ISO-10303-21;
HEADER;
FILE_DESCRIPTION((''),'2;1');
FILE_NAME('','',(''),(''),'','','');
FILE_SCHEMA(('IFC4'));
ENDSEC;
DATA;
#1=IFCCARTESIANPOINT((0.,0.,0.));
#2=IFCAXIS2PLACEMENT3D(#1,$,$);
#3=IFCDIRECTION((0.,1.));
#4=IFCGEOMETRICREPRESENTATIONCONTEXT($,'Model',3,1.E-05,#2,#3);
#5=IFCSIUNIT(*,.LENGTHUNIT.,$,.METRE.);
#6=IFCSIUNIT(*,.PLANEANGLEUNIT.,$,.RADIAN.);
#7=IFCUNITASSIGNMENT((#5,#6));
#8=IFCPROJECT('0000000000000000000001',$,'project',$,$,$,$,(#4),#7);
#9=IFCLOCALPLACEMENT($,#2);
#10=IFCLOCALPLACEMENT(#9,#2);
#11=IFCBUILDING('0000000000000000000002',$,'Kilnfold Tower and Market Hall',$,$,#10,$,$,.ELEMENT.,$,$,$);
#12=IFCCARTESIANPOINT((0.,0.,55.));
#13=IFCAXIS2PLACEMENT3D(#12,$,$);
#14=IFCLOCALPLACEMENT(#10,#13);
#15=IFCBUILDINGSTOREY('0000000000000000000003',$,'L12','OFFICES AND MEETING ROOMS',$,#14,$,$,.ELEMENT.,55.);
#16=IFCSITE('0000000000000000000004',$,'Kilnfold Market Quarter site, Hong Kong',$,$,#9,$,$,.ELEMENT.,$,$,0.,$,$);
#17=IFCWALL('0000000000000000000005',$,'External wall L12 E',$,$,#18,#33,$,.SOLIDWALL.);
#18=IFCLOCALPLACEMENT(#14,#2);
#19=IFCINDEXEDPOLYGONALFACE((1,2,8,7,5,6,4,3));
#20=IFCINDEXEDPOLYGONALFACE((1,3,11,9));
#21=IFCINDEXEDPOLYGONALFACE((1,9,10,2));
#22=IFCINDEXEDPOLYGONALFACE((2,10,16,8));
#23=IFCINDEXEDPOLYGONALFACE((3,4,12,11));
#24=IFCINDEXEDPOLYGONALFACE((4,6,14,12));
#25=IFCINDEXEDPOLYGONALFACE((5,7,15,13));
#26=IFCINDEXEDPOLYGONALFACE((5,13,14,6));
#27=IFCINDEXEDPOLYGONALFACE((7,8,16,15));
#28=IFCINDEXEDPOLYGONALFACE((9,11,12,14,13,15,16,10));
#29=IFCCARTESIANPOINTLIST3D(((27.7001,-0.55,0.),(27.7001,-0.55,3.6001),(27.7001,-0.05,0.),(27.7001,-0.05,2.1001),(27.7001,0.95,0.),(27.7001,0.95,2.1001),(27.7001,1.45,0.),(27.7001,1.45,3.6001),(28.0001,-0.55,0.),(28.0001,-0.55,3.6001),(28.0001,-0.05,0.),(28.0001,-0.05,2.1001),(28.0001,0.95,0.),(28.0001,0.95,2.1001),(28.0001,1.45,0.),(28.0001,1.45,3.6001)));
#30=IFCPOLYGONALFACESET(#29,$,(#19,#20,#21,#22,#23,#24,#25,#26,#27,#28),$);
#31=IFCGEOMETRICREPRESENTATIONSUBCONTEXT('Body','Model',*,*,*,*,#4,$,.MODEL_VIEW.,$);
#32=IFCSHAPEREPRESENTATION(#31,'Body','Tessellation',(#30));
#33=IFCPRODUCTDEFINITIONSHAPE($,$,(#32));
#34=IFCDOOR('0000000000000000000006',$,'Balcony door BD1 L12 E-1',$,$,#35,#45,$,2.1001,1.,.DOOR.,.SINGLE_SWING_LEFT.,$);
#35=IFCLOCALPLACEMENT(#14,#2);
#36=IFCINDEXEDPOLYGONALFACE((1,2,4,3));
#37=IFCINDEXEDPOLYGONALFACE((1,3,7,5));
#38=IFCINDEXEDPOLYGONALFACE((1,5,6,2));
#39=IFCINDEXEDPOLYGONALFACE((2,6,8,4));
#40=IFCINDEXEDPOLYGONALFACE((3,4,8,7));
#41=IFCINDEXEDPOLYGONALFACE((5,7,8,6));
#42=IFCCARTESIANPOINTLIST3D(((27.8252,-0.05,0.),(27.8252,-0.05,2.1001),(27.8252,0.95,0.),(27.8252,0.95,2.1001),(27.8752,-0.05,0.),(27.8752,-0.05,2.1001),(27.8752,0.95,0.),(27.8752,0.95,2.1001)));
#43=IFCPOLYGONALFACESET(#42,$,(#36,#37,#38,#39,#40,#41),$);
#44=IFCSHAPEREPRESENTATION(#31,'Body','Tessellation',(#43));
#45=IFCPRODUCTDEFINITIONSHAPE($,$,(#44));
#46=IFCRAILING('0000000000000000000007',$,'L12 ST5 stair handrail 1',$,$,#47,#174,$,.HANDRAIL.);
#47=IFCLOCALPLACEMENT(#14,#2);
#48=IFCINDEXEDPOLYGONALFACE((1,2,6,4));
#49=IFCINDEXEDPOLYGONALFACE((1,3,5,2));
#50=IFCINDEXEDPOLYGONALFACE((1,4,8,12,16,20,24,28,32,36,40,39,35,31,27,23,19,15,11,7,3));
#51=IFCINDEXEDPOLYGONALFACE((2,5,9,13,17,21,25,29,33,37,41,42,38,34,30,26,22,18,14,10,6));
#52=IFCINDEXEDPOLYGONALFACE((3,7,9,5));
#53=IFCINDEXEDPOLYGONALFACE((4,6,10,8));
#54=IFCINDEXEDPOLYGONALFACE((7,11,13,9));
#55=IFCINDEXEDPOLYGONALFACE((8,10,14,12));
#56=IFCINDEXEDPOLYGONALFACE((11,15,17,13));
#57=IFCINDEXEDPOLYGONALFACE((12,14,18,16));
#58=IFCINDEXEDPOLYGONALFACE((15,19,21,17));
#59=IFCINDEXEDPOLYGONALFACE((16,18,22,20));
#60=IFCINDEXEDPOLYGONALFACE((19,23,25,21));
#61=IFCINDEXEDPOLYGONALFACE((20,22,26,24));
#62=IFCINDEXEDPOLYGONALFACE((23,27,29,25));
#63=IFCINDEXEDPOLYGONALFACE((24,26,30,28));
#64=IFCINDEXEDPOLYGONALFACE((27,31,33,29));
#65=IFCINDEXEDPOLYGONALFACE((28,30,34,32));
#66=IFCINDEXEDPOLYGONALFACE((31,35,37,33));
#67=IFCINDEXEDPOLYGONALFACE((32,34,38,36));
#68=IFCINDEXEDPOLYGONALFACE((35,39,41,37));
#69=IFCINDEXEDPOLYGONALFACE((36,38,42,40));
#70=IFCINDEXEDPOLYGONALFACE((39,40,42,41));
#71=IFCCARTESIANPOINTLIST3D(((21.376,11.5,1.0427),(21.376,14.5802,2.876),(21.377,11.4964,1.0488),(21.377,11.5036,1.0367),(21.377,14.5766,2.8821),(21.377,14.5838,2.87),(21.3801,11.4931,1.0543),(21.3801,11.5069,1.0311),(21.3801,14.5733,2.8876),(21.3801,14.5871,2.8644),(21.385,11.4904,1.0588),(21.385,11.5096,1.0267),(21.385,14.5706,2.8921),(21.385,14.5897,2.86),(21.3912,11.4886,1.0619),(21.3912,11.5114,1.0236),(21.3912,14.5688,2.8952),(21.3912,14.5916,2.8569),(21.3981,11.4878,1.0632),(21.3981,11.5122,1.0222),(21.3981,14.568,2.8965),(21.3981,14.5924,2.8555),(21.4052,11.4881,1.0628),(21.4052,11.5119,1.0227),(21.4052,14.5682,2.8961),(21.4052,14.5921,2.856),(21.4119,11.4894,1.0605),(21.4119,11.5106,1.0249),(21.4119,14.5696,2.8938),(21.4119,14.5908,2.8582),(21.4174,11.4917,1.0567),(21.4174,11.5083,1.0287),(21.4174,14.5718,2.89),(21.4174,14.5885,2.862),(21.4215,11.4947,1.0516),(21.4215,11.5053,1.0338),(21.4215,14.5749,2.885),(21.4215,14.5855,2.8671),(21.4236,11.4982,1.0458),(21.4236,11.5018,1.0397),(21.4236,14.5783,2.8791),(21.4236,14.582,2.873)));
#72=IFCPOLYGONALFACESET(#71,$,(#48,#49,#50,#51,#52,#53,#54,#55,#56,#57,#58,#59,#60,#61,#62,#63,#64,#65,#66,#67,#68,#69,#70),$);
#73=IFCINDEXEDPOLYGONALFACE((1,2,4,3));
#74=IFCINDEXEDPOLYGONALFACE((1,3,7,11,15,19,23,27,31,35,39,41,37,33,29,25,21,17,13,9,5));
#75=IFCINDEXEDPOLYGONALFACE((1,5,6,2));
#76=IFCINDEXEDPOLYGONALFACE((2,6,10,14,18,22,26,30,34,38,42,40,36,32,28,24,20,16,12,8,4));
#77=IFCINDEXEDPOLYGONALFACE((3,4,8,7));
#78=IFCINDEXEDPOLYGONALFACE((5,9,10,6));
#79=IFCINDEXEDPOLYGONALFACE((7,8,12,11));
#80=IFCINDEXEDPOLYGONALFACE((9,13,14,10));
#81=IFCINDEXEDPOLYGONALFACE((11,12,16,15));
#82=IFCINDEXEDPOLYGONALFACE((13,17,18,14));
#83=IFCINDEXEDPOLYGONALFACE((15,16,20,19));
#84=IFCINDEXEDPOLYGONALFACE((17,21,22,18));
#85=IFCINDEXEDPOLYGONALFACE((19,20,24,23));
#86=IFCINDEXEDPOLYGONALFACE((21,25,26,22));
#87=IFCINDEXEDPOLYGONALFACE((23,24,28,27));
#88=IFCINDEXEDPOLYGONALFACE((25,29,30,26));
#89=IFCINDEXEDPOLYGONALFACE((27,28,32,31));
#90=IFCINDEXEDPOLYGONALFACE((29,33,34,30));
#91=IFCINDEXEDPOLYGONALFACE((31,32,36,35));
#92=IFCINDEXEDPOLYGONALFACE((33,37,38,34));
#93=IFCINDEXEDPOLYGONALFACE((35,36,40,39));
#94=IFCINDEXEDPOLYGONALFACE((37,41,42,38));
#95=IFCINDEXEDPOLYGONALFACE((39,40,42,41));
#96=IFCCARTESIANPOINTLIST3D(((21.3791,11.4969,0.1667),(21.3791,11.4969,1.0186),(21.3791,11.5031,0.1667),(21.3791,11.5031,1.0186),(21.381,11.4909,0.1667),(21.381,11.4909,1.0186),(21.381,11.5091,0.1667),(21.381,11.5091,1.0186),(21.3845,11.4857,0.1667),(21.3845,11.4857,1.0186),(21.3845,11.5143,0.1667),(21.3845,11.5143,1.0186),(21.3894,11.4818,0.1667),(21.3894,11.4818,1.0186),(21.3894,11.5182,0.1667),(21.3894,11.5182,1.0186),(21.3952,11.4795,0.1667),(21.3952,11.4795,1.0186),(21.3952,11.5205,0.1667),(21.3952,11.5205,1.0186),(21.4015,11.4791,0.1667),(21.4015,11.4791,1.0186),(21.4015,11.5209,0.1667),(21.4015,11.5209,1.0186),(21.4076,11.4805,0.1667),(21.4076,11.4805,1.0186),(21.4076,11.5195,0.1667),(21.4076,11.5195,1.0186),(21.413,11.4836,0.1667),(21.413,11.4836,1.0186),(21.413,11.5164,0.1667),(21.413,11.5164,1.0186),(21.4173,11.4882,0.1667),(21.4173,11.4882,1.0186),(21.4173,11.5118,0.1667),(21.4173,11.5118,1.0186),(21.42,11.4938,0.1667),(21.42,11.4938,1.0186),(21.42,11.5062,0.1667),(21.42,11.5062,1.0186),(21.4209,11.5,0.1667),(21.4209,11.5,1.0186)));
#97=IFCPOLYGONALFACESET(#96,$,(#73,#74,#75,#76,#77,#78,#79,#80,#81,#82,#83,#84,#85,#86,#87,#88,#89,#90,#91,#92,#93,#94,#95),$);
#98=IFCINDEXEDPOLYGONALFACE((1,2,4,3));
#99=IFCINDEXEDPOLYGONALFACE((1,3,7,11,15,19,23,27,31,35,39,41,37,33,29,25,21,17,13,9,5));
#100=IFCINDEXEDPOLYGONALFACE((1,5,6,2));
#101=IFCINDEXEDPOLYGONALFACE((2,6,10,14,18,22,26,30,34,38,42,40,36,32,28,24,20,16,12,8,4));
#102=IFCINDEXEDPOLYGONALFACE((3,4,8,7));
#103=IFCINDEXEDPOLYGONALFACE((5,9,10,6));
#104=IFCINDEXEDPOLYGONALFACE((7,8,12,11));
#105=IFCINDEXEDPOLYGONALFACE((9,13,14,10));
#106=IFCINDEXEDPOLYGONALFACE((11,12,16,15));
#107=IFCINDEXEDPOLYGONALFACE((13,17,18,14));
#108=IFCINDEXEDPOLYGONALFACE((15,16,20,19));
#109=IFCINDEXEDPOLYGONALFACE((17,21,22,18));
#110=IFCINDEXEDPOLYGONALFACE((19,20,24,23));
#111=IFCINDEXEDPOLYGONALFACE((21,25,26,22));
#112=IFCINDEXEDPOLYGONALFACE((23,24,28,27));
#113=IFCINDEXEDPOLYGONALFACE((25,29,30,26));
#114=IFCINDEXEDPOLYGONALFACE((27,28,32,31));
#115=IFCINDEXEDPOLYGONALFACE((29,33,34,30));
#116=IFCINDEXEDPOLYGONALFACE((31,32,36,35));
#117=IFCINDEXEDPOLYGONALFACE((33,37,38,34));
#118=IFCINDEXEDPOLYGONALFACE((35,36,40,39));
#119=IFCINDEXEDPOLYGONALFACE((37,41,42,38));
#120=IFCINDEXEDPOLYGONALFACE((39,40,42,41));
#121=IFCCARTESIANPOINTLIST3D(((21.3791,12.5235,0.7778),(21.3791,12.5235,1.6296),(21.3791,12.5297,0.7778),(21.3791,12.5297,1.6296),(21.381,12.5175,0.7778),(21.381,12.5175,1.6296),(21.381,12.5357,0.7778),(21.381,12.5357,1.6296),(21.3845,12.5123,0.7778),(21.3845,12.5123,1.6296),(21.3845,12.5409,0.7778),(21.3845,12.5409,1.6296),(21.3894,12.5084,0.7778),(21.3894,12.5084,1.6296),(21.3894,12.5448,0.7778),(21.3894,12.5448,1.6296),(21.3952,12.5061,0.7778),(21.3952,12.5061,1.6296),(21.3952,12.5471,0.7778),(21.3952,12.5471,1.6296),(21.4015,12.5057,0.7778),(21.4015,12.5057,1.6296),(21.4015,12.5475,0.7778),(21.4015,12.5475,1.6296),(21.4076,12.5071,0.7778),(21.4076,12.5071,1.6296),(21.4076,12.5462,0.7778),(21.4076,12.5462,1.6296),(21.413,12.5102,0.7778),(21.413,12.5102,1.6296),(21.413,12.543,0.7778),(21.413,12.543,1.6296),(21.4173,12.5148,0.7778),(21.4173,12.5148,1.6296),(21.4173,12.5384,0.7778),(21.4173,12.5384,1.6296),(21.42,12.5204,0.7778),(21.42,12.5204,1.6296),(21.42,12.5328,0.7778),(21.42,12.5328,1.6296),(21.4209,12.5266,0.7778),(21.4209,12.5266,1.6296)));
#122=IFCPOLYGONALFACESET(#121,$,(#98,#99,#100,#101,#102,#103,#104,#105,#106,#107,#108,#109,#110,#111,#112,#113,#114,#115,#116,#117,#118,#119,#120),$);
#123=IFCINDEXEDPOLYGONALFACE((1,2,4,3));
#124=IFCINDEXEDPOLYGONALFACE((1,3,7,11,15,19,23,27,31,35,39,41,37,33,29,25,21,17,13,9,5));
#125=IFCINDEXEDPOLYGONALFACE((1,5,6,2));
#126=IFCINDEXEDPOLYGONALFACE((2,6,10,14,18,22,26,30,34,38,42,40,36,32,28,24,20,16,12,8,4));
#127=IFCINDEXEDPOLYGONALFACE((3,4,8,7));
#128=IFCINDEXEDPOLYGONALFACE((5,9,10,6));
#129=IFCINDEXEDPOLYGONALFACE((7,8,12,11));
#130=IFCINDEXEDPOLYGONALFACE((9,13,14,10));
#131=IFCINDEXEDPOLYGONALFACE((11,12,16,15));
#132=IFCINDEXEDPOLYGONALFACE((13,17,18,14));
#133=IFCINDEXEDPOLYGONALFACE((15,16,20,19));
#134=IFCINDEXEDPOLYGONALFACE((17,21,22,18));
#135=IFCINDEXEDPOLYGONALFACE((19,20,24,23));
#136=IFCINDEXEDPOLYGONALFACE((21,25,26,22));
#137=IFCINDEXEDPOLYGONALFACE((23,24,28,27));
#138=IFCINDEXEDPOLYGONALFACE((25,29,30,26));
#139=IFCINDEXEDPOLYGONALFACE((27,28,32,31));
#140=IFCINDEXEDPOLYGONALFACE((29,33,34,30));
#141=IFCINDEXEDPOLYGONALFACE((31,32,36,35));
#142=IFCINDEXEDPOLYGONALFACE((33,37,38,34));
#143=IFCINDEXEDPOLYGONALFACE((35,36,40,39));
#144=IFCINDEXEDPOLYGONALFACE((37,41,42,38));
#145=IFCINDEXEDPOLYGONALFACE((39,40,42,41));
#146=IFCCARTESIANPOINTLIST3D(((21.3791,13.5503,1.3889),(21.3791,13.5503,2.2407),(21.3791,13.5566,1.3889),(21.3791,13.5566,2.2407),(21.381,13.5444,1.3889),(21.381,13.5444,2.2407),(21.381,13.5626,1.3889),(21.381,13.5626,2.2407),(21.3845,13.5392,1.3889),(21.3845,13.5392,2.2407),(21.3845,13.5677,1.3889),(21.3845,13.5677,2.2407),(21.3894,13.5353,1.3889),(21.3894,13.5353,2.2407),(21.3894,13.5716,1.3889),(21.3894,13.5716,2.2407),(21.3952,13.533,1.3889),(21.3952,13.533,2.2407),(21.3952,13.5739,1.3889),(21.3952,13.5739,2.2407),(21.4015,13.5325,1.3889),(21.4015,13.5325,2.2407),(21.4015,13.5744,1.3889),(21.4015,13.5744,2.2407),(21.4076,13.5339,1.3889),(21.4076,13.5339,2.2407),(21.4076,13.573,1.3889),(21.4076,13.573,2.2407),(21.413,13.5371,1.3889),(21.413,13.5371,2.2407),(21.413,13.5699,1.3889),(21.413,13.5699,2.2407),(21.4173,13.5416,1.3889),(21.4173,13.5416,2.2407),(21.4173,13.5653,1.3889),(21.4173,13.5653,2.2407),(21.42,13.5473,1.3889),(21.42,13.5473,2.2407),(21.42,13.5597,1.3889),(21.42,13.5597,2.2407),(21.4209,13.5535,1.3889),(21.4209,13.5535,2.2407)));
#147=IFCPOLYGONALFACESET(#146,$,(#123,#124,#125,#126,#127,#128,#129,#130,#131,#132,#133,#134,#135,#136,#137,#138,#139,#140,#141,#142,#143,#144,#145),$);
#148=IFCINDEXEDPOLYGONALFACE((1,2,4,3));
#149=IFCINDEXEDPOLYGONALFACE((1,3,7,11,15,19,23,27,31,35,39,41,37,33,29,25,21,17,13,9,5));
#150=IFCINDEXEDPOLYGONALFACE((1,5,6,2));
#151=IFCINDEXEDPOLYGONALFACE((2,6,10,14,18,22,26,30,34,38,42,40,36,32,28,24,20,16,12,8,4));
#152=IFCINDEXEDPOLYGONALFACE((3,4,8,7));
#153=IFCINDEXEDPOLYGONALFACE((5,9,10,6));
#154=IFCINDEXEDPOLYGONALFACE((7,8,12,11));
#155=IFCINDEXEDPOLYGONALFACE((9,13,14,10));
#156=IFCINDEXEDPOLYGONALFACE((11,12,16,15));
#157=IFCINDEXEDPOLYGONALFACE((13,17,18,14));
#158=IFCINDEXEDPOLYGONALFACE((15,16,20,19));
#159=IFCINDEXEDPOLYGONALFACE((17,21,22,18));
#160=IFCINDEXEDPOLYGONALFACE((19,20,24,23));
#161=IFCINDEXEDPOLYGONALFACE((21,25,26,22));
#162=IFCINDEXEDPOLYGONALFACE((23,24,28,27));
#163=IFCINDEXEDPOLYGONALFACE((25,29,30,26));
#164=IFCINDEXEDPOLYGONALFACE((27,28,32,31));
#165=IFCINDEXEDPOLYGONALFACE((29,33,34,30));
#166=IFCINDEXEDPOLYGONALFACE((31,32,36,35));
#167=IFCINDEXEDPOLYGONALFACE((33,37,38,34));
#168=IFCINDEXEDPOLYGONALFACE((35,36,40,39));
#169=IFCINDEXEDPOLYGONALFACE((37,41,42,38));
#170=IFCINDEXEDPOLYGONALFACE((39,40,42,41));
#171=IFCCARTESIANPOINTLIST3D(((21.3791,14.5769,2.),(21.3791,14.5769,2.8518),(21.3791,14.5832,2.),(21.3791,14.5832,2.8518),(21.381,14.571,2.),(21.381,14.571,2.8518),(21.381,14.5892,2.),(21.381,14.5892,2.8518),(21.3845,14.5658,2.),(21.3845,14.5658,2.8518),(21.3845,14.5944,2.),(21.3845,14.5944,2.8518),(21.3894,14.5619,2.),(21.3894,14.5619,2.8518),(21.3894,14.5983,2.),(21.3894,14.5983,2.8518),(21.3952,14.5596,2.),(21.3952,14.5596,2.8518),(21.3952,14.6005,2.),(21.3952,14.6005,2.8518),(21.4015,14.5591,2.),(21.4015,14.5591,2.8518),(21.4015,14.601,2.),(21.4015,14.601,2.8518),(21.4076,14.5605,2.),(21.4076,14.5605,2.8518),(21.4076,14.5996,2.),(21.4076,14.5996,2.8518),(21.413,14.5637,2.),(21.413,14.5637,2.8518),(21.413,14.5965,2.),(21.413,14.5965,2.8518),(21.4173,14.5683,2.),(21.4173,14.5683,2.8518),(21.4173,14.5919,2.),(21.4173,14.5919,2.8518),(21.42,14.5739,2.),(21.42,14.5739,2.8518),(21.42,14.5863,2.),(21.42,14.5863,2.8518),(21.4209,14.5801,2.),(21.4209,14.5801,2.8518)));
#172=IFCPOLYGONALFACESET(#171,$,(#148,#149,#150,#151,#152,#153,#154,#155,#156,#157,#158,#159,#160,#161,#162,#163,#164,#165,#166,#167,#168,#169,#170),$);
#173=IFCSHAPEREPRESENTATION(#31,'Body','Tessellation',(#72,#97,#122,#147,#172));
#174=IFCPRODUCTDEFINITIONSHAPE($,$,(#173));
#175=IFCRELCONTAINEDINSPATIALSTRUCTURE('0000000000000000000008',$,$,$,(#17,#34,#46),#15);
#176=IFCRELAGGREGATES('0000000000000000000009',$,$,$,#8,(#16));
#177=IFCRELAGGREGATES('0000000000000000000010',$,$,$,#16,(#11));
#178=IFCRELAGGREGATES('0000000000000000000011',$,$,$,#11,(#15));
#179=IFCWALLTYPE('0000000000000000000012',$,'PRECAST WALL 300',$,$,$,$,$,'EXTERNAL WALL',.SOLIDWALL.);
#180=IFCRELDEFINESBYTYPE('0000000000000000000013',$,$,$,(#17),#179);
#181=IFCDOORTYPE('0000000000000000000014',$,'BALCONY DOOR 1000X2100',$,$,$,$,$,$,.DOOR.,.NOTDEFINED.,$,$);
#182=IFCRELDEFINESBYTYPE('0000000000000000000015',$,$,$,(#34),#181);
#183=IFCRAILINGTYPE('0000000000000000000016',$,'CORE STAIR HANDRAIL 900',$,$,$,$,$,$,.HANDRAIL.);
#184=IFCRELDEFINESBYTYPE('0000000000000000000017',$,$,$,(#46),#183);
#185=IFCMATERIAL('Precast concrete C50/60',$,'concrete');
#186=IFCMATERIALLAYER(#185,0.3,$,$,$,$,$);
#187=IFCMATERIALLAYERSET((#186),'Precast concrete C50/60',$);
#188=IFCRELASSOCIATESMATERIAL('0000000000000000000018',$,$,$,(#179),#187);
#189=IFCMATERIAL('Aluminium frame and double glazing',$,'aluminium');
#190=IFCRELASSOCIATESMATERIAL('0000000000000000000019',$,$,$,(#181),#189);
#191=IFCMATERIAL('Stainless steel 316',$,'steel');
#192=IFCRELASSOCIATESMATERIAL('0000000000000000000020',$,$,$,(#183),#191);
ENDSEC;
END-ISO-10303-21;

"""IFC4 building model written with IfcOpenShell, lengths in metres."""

from ifc_helpers import new_model, si_unit, direction, frame, frame_2d, origin, origin_2d, place, context, subcontext, project, spatial, rectangle, circle, extrude, source, transform, mapped, material, layer, layer_set, type_object, element, fill, save


model = new_model("IFC4")

# Units and contexts
model_context = context("Model", 3, precision=1e-05, world=origin(), true_north=direction((0.0, 1.0)))
body_context = subcontext(model_context, "Body", "Model", "MODEL_VIEW")
ifc_project = project(units=[si_unit("LENGTHUNIT", "METRE"), si_unit("PLANEANGLEUNIT", "RADIAN")], contexts=[model_context])

# Site, building, storey
site_placement = place(None, origin())
site = spatial("IfcSite", under=ifc_project, at=site_placement, Name="Kilnfold Market Quarter site, Hong Kong", CompositionType="ELEMENT", RefElevation=0.0)
building_placement = place(site_placement, origin())
building = spatial("IfcBuilding", under=site, at=building_placement, Name="Kilnfold Tower and Market Hall", CompositionType="ELEMENT")
storey_placement = place(building_placement, frame((0.0, 0.0, 55.0)))
storey = spatial("IfcBuildingStorey", under=building, at=storey_placement, Name="L12", Description="OFFICES AND MEETING ROOMS", CompositionType="ELEMENT", Elevation=55.0)

# Wall, opening, door
ifc_material_1 = material(Name="Precast concrete C50/60", Category="concrete")
ifc_layer_1 = layer(ifc_material_1, 0.3)
ifc_layer_set_1 = layer_set([ifc_layer_1], Name="Precast concrete C50/60")
wall_type_1 = type_object("IfcWallType", Name="PRECAST WALL 300", ElementType="EXTERNAL WALL", PredefinedType="SOLIDWALL", material=ifc_layer_set_1)
shared_shape_1 = source(origin(), body_context, "Body", "SweptSolid", [
    extrude(rectangle(XDim=2.0, YDim=0.3, at=frame_2d((1.0, 0.0))), origin(), (0.0, 0.0, 1.0), 3.6001),
])
wall_1_placement = place(storey_placement, frame((27.8501, -0.55, 0.0), z_axis=(0.0, 0.0, 1.0), x_axis=(0.0, 1.0, 0.0)))
wall_1 = element("IfcWall", 1, at=wall_1_placement, inside=storey, type_object=wall_type_1, Name="External wall L12 E", PredefinedType="SOLIDWALL", context=body_context, shape_type="MappedRepresentation", body=[
    mapped(shared_shape_1, transform((0.0, 0.0, 0.0))),
])
opening_1_placement = place(wall_1_placement, frame((0.5, 0.0, 0.0)))
opening_1 = element("IfcOpeningElement", 2, at=opening_1_placement, cuts=wall_1, PredefinedType="OPENING", context=body_context, shape_type="SweptSolid", body=[
    extrude(rectangle(XDim=1.0, YDim=2.1001, at=frame_2d((0.5, 1.05))), frame((0.0, 0.1602, 0.0), z_axis=(0.0, -1.0, 0.0), x_axis=(1.0, 0.0, 0.0)), (0.0, 0.0, 1.0), 0.3201),
])
ifc_material_2 = material(Name="Aluminium frame and double glazing", Category="aluminium")
door_type_1 = type_object("IfcDoorType", Name="BALCONY DOOR 1000X2100", OperationType="NOTDEFINED", PredefinedType="DOOR", material=ifc_material_2)
door_1_placement = place(opening_1_placement, origin())
door_1 = element("IfcDoor", 3, at=door_1_placement, inside=storey, type_object=door_type_1, Name="Balcony door BD1 L12 E-1", OperationType="SINGLE_SWING_LEFT", OverallHeight=2.1001, OverallWidth=1.0, PredefinedType="DOOR", context=body_context, shape_type="SweptSolid", body=[
    extrude(rectangle(XDim=1.0, YDim=2.1001, at=frame_2d((0.5, 1.05))), frame((0.0, 0.0249, 0.0), z_axis=(0.0, -1.0, 0.0), x_axis=(1.0, 0.0, 0.0)), (0.0, 0.0, 1.0), 0.05),
])
fill(opening_1, door_1)

# Railing
ifc_material_3 = material(Name="Stainless steel 316", Category="steel")
railing_type_1 = type_object("IfcRailingType", Name="CORE STAIR HANDRAIL 900", PredefinedType="HANDRAIL", material=ifc_material_3)
railing_1_placement = place(storey_placement, frame((21.3999, 11.5, 0.1667)))
element("IfcRailing", 4, at=railing_1_placement, inside=storey, type_object=railing_type_1, Name="L12 ST5 stair handrail 1", PredefinedType="HANDRAIL", context=body_context, shape_type="SweptSolid", body=[
    extrude(circle(Radius=0.0239, at=origin_2d()), frame((0.0, 0.0, 0.876), z_axis=(0.0, 0.859309, 0.511458), x_axis=(-1.0, 0.0, 0.0)), (0.0, 0.0, 1.0), 3.5845),
    extrude(circle(Radius=0.021, at=origin_2d()), origin(), (0.0, 0.0, 1.0), 0.8518),
    extrude(circle(Radius=0.021, at=origin_2d()), frame((0.0, 1.0266, 0.6111)), (0.0, 0.0, 1.0), 0.8518),
    extrude(circle(Radius=0.021, at=origin_2d()), frame((0.0, 2.0535, 1.2222)), (0.0, 0.0, 1.0), 0.8518),
    extrude(circle(Radius=0.021, at=origin_2d()), frame((0.0, 3.0801, 1.8333)), (0.0, 0.0, 1.0), 0.8518),
])

save(model, "model.ifc")
